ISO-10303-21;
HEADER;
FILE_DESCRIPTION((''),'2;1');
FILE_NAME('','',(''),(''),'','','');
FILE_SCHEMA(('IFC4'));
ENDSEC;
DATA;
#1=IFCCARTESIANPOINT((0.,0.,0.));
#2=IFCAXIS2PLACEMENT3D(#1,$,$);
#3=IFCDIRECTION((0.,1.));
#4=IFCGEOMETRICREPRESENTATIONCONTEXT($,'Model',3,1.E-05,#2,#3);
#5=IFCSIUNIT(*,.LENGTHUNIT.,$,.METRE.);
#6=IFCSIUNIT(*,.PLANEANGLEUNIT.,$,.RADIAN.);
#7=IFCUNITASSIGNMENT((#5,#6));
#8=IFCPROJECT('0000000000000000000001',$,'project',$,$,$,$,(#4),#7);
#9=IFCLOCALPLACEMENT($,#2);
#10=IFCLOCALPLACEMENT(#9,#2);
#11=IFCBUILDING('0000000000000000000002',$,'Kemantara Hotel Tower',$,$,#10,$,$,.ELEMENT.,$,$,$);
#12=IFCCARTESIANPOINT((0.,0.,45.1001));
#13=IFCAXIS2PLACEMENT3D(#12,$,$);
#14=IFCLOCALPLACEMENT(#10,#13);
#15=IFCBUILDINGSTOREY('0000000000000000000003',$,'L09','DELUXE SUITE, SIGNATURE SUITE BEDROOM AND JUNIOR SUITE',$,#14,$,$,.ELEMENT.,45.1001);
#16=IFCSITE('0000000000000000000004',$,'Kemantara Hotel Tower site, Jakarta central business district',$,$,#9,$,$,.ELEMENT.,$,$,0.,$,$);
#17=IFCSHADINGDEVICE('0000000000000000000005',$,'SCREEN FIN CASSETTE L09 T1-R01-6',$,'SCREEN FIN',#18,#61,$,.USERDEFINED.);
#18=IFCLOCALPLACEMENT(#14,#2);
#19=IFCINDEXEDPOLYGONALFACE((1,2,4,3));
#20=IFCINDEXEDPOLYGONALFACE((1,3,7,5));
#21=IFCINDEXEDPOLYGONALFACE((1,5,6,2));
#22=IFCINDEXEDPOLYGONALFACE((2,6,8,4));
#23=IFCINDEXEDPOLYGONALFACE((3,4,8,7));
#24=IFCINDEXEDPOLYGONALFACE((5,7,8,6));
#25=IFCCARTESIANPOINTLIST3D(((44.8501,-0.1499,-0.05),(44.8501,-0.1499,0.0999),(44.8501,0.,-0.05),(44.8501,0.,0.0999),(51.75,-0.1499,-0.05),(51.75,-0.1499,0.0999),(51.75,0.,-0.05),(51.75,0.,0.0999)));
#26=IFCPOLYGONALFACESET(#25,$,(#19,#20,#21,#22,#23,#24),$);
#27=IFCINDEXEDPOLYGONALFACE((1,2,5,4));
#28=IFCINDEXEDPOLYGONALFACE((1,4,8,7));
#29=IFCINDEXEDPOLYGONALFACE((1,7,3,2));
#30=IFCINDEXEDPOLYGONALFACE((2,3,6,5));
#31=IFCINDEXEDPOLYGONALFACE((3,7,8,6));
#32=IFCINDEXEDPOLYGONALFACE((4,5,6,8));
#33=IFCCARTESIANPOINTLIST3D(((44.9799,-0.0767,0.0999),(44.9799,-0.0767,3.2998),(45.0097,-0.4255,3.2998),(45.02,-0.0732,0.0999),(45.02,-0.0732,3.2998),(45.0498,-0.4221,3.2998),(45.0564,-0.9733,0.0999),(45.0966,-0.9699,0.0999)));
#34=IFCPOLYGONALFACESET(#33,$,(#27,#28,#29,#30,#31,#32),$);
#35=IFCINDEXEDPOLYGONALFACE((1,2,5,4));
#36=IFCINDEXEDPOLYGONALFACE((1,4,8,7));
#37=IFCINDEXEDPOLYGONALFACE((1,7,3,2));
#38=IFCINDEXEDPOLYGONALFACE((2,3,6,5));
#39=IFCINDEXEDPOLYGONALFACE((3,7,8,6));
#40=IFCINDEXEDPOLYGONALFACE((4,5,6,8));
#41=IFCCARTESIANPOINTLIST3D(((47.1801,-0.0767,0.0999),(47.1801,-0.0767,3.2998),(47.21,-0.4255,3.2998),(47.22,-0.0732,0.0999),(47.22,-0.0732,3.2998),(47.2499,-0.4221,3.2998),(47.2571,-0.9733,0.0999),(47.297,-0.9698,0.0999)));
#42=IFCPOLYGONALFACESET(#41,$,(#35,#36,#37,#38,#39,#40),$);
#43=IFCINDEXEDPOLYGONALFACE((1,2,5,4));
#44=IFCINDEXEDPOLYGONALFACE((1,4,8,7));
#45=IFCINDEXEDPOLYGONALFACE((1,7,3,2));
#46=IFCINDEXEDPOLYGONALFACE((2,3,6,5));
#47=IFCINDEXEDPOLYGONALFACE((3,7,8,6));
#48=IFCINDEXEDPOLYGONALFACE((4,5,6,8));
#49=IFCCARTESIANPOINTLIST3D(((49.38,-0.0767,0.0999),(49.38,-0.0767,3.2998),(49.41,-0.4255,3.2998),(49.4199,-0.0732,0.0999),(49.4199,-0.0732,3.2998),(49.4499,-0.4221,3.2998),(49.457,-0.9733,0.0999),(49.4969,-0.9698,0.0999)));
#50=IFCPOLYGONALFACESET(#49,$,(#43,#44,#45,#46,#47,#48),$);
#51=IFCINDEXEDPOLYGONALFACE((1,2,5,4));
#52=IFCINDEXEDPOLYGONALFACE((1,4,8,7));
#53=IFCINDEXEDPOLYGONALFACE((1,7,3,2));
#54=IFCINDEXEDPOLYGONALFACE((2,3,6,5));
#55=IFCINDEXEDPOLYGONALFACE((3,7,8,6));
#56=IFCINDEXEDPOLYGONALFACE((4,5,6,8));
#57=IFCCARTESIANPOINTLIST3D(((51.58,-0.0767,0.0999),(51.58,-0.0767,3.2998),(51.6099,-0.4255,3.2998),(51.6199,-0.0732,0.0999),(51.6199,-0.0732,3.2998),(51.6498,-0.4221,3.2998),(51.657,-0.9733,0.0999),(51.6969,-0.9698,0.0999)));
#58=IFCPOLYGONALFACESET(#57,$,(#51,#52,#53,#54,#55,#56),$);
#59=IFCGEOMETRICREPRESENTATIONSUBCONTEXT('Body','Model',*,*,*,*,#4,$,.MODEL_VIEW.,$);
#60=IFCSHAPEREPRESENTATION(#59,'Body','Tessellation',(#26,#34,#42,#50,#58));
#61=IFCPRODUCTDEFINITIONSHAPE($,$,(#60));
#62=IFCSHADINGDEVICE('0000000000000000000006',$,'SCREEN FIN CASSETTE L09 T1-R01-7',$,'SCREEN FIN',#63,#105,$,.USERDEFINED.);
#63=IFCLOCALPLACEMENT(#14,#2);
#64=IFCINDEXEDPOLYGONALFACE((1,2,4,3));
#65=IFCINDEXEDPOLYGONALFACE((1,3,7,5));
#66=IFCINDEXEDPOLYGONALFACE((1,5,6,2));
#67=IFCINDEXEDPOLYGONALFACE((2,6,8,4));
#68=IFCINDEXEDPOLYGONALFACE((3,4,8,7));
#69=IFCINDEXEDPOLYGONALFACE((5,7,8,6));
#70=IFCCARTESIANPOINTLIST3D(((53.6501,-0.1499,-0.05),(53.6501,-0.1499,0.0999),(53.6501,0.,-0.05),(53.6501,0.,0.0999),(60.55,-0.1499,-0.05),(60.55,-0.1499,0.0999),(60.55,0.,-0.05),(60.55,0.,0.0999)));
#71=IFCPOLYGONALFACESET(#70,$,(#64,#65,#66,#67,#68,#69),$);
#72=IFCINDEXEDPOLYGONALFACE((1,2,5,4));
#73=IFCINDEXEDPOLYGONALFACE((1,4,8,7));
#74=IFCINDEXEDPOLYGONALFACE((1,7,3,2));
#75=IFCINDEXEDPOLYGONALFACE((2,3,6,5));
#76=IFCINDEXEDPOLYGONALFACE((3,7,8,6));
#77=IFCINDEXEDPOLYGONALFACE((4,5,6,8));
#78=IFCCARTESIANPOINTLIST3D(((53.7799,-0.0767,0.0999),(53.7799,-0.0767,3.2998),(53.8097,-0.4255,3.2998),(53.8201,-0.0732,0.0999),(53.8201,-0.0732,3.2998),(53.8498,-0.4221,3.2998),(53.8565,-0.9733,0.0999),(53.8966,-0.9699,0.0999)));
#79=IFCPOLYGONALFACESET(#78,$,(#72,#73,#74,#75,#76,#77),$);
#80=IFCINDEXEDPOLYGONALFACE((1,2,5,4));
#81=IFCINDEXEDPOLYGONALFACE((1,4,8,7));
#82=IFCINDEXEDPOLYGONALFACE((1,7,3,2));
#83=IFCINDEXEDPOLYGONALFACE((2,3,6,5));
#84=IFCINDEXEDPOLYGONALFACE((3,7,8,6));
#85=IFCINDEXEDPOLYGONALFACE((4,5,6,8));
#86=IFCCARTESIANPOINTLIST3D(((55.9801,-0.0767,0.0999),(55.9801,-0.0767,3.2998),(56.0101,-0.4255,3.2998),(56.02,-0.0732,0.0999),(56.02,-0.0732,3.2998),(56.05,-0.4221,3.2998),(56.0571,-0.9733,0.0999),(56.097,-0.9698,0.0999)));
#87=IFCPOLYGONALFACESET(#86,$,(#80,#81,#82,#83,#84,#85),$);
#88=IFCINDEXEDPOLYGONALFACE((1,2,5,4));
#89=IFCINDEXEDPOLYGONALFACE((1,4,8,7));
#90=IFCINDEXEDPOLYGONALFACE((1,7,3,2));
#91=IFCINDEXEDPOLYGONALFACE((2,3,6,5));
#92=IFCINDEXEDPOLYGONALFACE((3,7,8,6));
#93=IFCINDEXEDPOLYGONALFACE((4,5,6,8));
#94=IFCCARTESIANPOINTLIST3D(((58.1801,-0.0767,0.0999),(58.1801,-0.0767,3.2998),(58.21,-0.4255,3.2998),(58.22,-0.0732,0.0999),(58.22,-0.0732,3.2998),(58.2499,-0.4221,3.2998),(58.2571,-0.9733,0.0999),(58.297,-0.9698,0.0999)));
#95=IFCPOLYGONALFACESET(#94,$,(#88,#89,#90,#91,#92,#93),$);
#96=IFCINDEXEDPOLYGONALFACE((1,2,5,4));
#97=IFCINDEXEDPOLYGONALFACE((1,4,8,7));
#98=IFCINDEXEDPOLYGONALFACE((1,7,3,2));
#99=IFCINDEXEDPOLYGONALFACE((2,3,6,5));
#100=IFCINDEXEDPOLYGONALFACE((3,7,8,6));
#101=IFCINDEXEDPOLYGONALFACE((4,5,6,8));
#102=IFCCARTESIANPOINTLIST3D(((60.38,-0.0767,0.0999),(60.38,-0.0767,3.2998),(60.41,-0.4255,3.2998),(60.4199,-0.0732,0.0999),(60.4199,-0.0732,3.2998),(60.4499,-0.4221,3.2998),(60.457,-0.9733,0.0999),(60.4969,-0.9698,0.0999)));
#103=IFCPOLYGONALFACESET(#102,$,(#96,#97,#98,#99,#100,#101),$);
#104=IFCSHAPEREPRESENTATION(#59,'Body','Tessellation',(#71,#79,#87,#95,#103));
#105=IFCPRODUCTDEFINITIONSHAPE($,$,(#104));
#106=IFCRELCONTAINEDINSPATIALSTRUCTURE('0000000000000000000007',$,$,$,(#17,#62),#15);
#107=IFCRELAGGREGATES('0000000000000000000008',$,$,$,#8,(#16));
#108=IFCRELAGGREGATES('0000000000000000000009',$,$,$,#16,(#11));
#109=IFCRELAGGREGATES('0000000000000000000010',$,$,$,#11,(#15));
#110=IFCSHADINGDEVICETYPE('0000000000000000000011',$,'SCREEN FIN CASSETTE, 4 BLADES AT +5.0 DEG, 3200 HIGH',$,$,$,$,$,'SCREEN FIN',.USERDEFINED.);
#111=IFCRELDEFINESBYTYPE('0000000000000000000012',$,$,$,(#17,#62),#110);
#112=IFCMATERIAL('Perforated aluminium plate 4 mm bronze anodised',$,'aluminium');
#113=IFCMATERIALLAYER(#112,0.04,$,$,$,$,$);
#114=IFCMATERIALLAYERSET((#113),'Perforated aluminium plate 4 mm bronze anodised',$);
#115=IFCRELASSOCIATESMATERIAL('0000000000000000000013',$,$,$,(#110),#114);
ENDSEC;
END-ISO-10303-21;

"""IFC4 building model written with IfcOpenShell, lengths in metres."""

from ifc_helpers import new_model, si_unit, direction, frame, origin, origin_2d, place, context, subcontext, project, spatial, polyline, rectangle, outline, extrude, source, transform, mapped, material, layer, layer_set, type_object, element, save


model = new_model("IFC4")

# Units and contexts
model_context = context("Model", 3, precision=1e-05, world=origin(), true_north=direction((0.0, 1.0)))
body_context = subcontext(model_context, "Body", "Model", "MODEL_VIEW")
ifc_project = project(units=[si_unit("LENGTHUNIT", "METRE"), si_unit("PLANEANGLEUNIT", "RADIAN")], contexts=[model_context])

# Site, building, storey
site_placement = place(None, origin())
site = spatial("IfcSite", under=ifc_project, at=site_placement, Name="Kemantara Hotel Tower site, Jakarta central business district", CompositionType="ELEMENT", RefElevation=0.0)
building_placement = place(site_placement, origin())
building = spatial("IfcBuilding", under=site, at=building_placement, Name="Kemantara Hotel Tower", CompositionType="ELEMENT")
storey_placement = place(building_placement, frame((0.0, 0.0, 45.1001)))
storey = spatial("IfcBuildingStorey", under=building, at=storey_placement, Name="L09", Description="DELUXE SUITE, SIGNATURE SUITE BEDROOM AND JUNIOR SUITE", CompositionType="ELEMENT", Elevation=45.1001)

# Shading devices
ifc_material_1 = material(Name="Perforated aluminium plate 4 mm bronze anodised", Category="aluminium")
ifc_layer_1 = layer(ifc_material_1, 0.04)
ifc_layer_set_1 = layer_set([ifc_layer_1], Name="Perforated aluminium plate 4 mm bronze anodised")
shading_device_type = type_object("IfcShadingDeviceType", Name="SCREEN FIN CASSETTE, 4 BLADES AT +5.0 DEG, 3200 HIGH", ElementType="SCREEN FIN", PredefinedType="USERDEFINED", material=ifc_layer_set_1)
shared_shape = source(origin(), body_context, "Body", "SweptSolid", [
    extrude(rectangle(XDim=6.8999, YDim=0.1499, at=origin_2d()), frame((3.3, -0.075, -0.1499), z_axis=(0.0, 0.0, 1.0), x_axis=(1.0, 0.0, 0.0)), (0.0, 0.0, 1.0), 0.1499),
    extrude(outline(polyline([(0.0, 0.0), (0.8999, 0.0), (0.3501, 3.2), (0.0, 3.2), (0.0, 0.0)])), frame((0.02, -0.0732, 0.0), z_axis=(-0.996376, -0.085056, 0.0), x_axis=(0.085056, -0.996376, 0.0)), (0.0, 0.0, 1.0), 0.0403),
    extrude(outline(polyline([(0.0, 0.0), (0.8999, 0.0), (0.3501, 3.2), (0.0, 3.2), (0.0, 0.0)])), frame((2.22, -0.0732, 0.0), z_axis=(-0.996332, -0.085575, 0.0), x_axis=(0.085575, -0.996332, 0.0)), (0.0, 0.0, 1.0), 0.04),
    extrude(outline(polyline([(0.0, 0.0), (0.8999, 0.0), (0.3501, 3.2), (0.0, 3.2), (0.0, 0.0)])), frame((4.4199, -0.0732, 0.0), z_axis=(-0.996332, -0.085575, 0.0), x_axis=(0.085575, -0.996332, 0.0)), (0.0, 0.0, 1.0), 0.04),
    extrude(outline(polyline([(0.0, 0.0), (0.8999, 0.0), (0.3501, 3.2), (0.0, 3.2), (0.0, 0.0)])), frame((6.6199, -0.0732, 0.0), z_axis=(-0.996332, -0.085575, 0.0), x_axis=(0.085575, -0.996332, 0.0)), (0.0, 0.0, 1.0), 0.04),
])
for number, where, z_axis, x_axis, name in (
    (1, (45.0, 0.0, 0.0999), (0.0, 0.0, 1.0), (1.0, 0.0, 0.0), "SCREEN FIN CASSETTE L09 T1-R01-6"),
    (2, (53.8, 0.0, 0.0999), (0.0, 0.0, 1.0), (1.0, 0.0, 0.0), "SCREEN FIN CASSETTE L09 T1-R01-7"),
):
    element("IfcShadingDevice", number, at=place(storey_placement, frame(where, z_axis=z_axis, x_axis=x_axis)), inside=storey, type_object=shading_device_type, Name=name, ObjectType="SCREEN FIN", PredefinedType="USERDEFINED", context=body_context, shape_type="MappedRepresentation", body=[
        mapped(shared_shape, transform((0.0, 0.0, 0.0))),
    ])

save(model, "model.ifc")
